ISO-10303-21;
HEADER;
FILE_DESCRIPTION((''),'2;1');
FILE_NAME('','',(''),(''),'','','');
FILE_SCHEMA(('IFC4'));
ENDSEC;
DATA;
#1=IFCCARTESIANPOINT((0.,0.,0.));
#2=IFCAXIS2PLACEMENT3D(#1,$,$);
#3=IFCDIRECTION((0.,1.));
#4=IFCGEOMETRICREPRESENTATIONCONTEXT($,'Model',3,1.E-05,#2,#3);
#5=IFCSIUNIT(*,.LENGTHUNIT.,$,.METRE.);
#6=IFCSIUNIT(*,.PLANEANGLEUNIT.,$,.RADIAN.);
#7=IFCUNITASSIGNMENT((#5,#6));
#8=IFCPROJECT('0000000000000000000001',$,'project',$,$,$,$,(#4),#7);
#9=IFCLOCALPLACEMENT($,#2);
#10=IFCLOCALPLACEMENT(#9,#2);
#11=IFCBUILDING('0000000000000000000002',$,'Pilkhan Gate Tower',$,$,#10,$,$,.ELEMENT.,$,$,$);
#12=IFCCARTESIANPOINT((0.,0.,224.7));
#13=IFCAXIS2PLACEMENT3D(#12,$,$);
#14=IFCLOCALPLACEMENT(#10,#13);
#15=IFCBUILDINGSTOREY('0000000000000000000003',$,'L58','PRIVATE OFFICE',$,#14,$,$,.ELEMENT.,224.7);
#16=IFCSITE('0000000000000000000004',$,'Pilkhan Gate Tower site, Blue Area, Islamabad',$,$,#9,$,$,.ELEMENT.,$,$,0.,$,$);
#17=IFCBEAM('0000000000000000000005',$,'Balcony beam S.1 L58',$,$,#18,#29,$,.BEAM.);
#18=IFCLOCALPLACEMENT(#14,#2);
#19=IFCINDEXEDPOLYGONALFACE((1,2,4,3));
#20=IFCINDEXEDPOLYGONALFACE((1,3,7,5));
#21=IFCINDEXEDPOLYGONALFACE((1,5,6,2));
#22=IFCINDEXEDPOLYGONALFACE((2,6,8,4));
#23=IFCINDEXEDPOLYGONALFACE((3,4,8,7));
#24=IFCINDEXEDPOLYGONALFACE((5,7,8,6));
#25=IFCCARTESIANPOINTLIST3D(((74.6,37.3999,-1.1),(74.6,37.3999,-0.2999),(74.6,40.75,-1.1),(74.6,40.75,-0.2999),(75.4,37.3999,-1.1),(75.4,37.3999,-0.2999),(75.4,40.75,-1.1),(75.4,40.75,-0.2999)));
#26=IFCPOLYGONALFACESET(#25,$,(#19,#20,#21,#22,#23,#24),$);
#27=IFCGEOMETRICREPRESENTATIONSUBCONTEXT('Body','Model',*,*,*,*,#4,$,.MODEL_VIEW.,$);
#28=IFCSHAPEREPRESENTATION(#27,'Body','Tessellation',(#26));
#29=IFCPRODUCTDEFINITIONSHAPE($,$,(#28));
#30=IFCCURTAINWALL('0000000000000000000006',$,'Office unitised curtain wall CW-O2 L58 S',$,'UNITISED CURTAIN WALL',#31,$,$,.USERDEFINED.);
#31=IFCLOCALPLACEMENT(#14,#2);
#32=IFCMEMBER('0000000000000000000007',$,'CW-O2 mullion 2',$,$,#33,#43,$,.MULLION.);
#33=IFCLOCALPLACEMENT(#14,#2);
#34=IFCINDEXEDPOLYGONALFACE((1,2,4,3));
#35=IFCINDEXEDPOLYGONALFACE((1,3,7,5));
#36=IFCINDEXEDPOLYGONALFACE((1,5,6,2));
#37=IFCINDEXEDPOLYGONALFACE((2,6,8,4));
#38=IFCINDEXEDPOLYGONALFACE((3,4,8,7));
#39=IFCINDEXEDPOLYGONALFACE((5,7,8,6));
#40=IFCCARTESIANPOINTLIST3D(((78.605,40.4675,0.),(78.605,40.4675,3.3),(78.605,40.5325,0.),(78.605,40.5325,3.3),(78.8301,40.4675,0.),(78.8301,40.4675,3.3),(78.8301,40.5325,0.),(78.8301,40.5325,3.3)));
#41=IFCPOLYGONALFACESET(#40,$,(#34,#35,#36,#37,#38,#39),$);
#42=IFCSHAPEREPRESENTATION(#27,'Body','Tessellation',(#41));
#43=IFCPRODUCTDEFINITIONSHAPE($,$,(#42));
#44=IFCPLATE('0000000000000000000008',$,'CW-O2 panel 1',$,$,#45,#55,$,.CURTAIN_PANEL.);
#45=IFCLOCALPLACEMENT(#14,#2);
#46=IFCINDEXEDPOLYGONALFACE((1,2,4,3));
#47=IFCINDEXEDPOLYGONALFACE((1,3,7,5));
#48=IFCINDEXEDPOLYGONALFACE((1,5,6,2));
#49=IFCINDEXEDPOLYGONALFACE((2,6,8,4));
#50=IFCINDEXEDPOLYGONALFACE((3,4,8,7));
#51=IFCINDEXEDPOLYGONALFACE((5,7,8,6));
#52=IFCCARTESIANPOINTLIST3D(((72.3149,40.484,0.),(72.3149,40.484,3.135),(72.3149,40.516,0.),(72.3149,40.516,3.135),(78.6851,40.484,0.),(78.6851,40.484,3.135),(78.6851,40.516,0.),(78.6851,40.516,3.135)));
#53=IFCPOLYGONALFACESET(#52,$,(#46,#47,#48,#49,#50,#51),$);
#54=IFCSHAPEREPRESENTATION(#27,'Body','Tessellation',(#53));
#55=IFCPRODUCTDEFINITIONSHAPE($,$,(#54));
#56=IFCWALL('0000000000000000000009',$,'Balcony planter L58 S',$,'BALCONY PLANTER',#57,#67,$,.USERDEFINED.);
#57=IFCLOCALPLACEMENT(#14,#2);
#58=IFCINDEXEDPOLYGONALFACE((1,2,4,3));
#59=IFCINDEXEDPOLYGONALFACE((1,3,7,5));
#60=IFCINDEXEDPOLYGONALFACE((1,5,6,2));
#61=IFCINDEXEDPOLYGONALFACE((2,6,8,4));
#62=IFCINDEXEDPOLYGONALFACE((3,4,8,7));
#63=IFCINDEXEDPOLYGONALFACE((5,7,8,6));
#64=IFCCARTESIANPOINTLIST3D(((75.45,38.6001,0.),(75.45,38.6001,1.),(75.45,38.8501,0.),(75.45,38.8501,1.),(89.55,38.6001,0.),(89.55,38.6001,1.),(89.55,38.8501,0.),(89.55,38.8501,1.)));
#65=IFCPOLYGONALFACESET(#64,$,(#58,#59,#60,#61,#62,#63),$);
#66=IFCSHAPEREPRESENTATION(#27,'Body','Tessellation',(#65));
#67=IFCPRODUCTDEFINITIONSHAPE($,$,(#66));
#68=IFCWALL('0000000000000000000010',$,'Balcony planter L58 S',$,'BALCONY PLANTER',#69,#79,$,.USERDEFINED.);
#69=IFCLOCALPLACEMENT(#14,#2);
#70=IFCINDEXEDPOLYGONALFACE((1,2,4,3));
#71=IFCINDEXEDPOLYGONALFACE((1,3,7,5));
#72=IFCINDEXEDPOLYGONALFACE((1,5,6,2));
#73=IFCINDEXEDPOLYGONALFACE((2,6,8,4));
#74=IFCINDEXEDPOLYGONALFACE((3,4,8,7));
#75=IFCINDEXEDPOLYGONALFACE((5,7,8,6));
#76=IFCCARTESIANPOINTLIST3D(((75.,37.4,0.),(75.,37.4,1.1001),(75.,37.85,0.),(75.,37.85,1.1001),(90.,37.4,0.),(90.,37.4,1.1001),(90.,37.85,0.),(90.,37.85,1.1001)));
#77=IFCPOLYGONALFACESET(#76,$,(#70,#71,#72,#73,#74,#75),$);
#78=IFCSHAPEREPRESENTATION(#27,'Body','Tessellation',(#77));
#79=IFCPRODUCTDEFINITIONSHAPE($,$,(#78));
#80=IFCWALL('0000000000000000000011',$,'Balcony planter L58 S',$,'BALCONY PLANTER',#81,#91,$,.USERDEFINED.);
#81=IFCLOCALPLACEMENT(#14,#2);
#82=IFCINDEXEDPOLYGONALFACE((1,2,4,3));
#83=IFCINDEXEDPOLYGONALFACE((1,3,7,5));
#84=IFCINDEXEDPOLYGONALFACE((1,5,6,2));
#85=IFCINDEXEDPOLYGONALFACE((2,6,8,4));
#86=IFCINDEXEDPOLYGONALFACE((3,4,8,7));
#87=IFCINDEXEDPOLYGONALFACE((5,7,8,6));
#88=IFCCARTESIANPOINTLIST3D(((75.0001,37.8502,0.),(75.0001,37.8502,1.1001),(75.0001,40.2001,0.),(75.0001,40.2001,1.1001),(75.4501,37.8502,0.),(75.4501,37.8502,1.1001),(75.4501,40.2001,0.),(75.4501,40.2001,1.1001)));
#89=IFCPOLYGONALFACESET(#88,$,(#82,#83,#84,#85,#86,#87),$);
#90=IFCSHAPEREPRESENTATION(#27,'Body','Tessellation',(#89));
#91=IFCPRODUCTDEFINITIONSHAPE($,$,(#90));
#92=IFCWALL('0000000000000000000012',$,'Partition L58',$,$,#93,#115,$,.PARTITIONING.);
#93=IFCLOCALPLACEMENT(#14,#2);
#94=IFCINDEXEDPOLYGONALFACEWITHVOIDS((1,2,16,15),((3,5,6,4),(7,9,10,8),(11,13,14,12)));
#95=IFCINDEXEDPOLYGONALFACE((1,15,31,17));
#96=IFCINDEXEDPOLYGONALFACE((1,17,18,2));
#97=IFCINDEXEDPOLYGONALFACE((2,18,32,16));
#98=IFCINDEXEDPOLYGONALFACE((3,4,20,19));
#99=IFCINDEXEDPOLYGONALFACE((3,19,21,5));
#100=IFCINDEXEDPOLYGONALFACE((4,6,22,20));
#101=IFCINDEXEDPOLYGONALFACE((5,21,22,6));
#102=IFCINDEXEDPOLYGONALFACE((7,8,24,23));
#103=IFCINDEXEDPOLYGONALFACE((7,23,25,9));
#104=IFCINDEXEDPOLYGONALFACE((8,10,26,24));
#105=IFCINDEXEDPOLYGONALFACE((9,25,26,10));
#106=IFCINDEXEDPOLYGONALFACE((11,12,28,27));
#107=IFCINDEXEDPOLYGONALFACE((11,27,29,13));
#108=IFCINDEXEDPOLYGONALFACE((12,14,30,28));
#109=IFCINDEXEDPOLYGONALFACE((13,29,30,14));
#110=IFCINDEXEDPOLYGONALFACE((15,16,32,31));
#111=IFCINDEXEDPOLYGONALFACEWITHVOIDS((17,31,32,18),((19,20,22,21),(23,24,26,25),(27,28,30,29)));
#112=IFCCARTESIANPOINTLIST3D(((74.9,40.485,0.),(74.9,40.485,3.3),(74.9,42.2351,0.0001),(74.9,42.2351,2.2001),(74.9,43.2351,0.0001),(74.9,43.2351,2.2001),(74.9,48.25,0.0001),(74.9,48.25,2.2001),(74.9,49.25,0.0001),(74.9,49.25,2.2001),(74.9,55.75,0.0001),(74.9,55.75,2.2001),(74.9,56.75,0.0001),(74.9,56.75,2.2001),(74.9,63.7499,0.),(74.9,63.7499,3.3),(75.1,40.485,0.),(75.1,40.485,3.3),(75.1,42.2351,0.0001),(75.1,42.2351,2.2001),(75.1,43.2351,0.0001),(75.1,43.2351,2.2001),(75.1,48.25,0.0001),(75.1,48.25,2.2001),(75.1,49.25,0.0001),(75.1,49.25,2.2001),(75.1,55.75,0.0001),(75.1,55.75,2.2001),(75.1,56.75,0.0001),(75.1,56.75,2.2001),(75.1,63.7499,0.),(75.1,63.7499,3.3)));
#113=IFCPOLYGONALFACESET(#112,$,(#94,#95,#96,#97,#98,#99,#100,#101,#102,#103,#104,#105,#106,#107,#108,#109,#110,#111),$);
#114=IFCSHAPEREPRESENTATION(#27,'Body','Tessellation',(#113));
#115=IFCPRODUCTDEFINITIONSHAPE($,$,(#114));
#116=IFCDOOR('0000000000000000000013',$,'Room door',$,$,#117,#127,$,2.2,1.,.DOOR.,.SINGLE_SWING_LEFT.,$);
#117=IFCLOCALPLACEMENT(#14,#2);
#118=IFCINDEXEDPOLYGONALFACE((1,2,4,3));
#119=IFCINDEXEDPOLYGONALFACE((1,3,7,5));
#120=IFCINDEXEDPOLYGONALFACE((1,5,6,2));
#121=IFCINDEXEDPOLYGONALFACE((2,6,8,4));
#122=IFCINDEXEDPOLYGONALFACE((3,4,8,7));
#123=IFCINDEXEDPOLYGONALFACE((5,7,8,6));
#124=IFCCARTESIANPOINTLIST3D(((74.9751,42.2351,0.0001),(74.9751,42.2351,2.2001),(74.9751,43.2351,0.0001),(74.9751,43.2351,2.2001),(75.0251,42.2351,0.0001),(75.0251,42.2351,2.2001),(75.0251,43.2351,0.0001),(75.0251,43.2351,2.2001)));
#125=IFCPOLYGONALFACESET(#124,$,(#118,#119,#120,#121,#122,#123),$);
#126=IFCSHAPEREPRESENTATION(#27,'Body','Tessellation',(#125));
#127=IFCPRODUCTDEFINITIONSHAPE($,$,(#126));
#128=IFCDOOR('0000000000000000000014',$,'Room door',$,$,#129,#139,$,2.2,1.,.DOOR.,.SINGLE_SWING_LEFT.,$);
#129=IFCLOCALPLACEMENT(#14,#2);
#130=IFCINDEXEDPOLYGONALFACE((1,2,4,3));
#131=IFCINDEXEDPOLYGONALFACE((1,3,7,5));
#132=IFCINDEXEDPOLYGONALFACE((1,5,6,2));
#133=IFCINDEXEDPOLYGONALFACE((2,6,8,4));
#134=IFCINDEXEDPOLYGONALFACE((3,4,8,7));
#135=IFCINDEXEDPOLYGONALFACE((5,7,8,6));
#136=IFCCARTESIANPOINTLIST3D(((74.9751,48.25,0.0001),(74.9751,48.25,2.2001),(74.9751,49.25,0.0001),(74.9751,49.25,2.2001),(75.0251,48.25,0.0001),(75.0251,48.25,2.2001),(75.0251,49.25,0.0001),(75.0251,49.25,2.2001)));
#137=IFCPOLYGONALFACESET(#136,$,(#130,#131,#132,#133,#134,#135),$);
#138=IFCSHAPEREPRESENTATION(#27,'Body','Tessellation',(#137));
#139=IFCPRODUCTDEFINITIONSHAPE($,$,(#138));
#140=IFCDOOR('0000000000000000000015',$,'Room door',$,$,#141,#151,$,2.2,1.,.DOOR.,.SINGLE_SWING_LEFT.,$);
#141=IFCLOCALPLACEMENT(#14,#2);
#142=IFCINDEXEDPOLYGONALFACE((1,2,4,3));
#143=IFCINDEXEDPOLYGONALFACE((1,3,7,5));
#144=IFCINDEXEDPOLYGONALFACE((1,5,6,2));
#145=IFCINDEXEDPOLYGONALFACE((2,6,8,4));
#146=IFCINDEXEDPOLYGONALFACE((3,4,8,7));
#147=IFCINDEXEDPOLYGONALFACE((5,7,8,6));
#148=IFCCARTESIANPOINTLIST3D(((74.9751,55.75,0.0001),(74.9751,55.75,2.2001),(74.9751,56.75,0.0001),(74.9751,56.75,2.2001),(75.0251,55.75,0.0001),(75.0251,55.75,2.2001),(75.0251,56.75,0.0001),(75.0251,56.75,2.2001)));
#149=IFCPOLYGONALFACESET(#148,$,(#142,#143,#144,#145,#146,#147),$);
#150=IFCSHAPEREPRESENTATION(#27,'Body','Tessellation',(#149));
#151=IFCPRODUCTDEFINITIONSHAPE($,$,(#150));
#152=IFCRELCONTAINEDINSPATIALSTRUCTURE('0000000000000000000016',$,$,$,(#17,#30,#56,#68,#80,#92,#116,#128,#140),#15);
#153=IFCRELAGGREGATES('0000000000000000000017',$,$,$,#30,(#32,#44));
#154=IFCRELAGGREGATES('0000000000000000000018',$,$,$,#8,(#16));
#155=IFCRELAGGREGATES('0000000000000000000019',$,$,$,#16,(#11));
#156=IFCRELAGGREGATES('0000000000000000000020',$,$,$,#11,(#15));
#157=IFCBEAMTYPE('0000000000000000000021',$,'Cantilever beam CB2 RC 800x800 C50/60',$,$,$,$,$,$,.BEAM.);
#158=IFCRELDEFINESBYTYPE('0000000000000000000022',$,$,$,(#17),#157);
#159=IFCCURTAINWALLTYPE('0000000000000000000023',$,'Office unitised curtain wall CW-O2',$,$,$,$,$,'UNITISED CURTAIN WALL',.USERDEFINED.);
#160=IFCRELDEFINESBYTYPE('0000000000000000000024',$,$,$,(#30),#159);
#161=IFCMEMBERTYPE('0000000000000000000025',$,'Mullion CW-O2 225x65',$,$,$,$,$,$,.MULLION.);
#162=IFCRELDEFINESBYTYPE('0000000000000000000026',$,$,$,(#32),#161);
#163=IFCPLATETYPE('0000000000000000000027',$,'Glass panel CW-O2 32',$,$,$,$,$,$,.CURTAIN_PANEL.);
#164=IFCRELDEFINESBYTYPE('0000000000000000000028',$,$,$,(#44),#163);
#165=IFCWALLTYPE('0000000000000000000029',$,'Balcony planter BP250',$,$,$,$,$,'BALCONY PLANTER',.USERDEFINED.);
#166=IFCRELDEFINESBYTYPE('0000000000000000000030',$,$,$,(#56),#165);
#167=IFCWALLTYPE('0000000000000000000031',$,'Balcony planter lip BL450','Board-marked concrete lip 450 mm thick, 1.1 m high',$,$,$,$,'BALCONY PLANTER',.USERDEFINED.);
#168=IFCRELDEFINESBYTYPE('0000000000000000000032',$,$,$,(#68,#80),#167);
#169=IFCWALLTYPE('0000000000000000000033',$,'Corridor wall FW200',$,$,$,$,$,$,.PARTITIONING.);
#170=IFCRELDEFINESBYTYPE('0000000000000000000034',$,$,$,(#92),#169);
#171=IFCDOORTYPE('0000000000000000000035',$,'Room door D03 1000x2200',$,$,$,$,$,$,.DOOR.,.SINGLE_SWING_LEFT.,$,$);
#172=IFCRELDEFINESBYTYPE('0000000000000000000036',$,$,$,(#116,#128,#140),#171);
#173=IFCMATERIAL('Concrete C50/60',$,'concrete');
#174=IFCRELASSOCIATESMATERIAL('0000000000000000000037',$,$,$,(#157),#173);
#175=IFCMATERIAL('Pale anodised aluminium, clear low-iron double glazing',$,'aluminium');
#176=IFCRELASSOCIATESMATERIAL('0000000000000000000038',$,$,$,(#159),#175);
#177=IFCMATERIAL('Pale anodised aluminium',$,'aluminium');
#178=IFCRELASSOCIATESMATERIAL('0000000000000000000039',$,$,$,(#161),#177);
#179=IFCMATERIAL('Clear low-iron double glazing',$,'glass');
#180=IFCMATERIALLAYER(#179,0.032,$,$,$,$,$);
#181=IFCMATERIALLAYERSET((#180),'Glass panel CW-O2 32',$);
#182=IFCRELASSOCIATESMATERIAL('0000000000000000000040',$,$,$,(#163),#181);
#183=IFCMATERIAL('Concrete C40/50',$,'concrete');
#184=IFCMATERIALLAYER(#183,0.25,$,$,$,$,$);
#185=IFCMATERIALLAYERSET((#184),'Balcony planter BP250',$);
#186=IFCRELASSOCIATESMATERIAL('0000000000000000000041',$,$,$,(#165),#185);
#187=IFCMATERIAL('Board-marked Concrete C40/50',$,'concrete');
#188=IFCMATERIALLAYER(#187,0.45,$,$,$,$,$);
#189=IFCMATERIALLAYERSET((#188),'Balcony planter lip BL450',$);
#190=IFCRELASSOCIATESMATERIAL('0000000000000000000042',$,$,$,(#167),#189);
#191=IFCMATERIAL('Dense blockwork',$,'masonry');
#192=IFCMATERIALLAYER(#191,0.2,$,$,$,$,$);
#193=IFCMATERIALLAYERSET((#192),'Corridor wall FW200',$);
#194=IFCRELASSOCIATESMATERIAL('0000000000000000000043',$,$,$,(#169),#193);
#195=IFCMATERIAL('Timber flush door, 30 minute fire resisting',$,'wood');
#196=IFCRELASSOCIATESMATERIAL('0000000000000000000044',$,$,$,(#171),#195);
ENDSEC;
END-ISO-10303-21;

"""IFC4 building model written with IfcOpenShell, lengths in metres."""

from ifc_helpers import new_model, si_unit, direction, frame, frame_2d, origin, origin_2d, place, context, subcontext, project, spatial, rectangle, extrude, material, layer, layer_set, material_profile, profile_set, type_object, element, fill, aggregate, save


model = new_model("IFC4")

# Units and contexts
model_context = context("Model", 3, precision=1e-05, world=origin(), true_north=direction((0.0, 1.0)))
body_context = subcontext(model_context, "Body", "Model", "MODEL_VIEW")
ifc_project = project(units=[si_unit("LENGTHUNIT", "METRE"), si_unit("PLANEANGLEUNIT", "RADIAN")], contexts=[model_context])

# Site, building, storey
site_placement = place(None, origin())
site = spatial("IfcSite", under=ifc_project, at=site_placement, Name="Pilkhan Gate Tower site, Blue Area, Islamabad", CompositionType="ELEMENT", RefElevation=0.0)
building_placement = place(site_placement, origin())
building = spatial("IfcBuilding", under=site, at=building_placement, Name="Pilkhan Gate Tower", CompositionType="ELEMENT")
storey_placement = place(building_placement, frame((0.0, 0.0, 224.7)))
storey = spatial("IfcBuildingStorey", under=building, at=storey_placement, Name="L58", Description="PRIVATE OFFICE", CompositionType="ELEMENT", Elevation=224.7)

# Beam
ifc_material_1 = material(Name="Concrete C50/60", Category="concrete")
ifc_material_profile_1 = material_profile(ifc_material_1, rectangle(XDim=0.8, YDim=0.8, at=origin_2d()), Name="RC 800x800")
ifc_profile_set_1 = profile_set([ifc_material_profile_1], Name="Concrete C50/60")
beam_type = type_object("IfcBeamType", Name="Cantilever beam CB2 RC 800x800 C50/60", PredefinedType="BEAM", material=ifc_profile_set_1)
beam_placement = place(storey_placement, frame((75.0, 40.75, -0.7), z_axis=(0.0, -1.0, 0.0), x_axis=(1.0, 0.0, 0.0)))
element("IfcBeam", 1, at=beam_placement, inside=storey, type_object=beam_type, Name="Balcony beam S.1 L58", PredefinedType="BEAM", context=body_context, shape_type="SweptSolid", body=[
    extrude(rectangle(XDim=0.8, YDim=0.8, at=origin_2d()), origin(), (0.0, 0.0, 1.0), 3.3501),
])

# Curtain wall, member, plate
ifc_material_2 = material(Name="Pale anodised aluminium, clear low-iron double glazing", Category="aluminium")
curtain_wall_type = type_object("IfcCurtainWallType", Name="Office unitised curtain wall CW-O2", ElementType="UNITISED CURTAIN WALL", PredefinedType="USERDEFINED", material=ifc_material_2)
curtain_wall_placement = place(storey_placement, origin())
curtain_wall = element("IfcCurtainWall", 2, at=curtain_wall_placement, inside=storey, type_object=curtain_wall_type, Name="Office unitised curtain wall CW-O2 L58 S", ObjectType="UNITISED CURTAIN WALL", PredefinedType="USERDEFINED")
ifc_material_3 = material(Name="Pale anodised aluminium", Category="aluminium")
ifc_material_profile_2 = material_profile(ifc_material_3, rectangle(XDim=0.0649, YDim=0.2251, at=origin_2d()), Name="Mullion 225x65")
ifc_profile_set_2 = profile_set([ifc_material_profile_2], Name="Pale anodised aluminium")
member_type = type_object("IfcMemberType", Name="Mullion CW-O2 225x65", PredefinedType="MULLION", material=ifc_profile_set_2)
member_placement = place(storey_placement, frame((78.7175, 40.5, 0.0), z_axis=(0.0, 0.0, 1.0), x_axis=(0.0, 1.0, 0.0)))
member = element("IfcMember", 3, at=member_placement, type_object=member_type, Name="CW-O2 mullion 2", PredefinedType="MULLION", context=body_context, shape_type="SweptSolid", body=[
    extrude(rectangle(XDim=0.0649, YDim=0.2251, at=origin_2d()), origin(), (0.0, 0.0, 1.0), 3.3),
])
ifc_material_4 = material(Name="Clear low-iron double glazing", Category="glass")
ifc_layer_1 = layer(ifc_material_4, 0.032)
ifc_layer_set_1 = layer_set([ifc_layer_1], Name="Glass panel CW-O2 32")
plate_type = type_object("IfcPlateType", Name="Glass panel CW-O2 32", PredefinedType="CURTAIN_PANEL", material=ifc_layer_set_1)
plate_placement = place(storey_placement, frame((75.5, 40.5, 0.0), z_axis=(0.0, 0.0, 1.0), x_axis=(1.0, 0.0, 0.0)))
plate = element("IfcPlate", 4, at=plate_placement, type_object=plate_type, Name="CW-O2 panel 1", PredefinedType="CURTAIN_PANEL", context=body_context, shape_type="SweptSolid", body=[
    extrude(rectangle(XDim=6.3701, YDim=0.032, at=origin_2d()), origin(), (0.0, 0.0, 1.0), 3.135),
])
aggregate(curtain_wall, [member, plate])

# Walls
ifc_material_5 = material(Name="Concrete C40/50", Category="concrete")
ifc_layer_2 = layer(ifc_material_5, 0.25)
ifc_layer_set_2 = layer_set([ifc_layer_2], Name="Balcony planter BP250")
wall_type_1 = type_object("IfcWallType", Name="Balcony planter BP250", ElementType="BALCONY PLANTER", PredefinedType="USERDEFINED", material=ifc_layer_set_2)
wall_1_placement = place(storey_placement, frame((75.45, 38.7251, 0.0), z_axis=(0.0, 0.0, 1.0), x_axis=(1.0, 0.0, 0.0)))
element("IfcWall", 5, at=wall_1_placement, inside=storey, type_object=wall_type_1, Name="Balcony planter L58 S", ObjectType="BALCONY PLANTER", PredefinedType="USERDEFINED", context=body_context, shape_type="SweptSolid", body=[
    extrude(rectangle(XDim=14.1001, YDim=0.25, at=frame_2d((7.05, 0.0))), origin(), (0.0, 0.0, 1.0), 1.0),
])
ifc_material_6 = material(Name="Board-marked Concrete C40/50", Category="concrete")
ifc_layer_3 = layer(ifc_material_6, 0.45)
ifc_layer_set_3 = layer_set([ifc_layer_3], Name="Balcony planter lip BL450")
wall_type_2 = type_object("IfcWallType", Name="Balcony planter lip BL450", Description="Board-marked concrete lip 450 mm thick, 1.1 m high", ElementType="BALCONY PLANTER", PredefinedType="USERDEFINED", material=ifc_layer_set_3)
wall_2_placement = place(storey_placement, frame((75.0, 37.625, 0.0), z_axis=(0.0, 0.0, 1.0), x_axis=(1.0, 0.0, 0.0)))
element("IfcWall", 6, at=wall_2_placement, inside=storey, type_object=wall_type_2, Name="Balcony planter L58 S", ObjectType="BALCONY PLANTER", PredefinedType="USERDEFINED", context=body_context, shape_type="SweptSolid", body=[
    extrude(rectangle(XDim=15.0, YDim=0.45, at=frame_2d((7.5, 0.0))), origin(), (0.0, 0.0, 1.0), 1.1001),
])
wall_3_placement = place(storey_placement, frame((75.2251, 40.2, 0.0), z_axis=(0.0, 0.0, 1.0), x_axis=(0.0, -1.0, 0.0)))
element("IfcWall", 7, at=wall_3_placement, inside=storey, type_object=wall_type_2, Name="Balcony planter L58 S", ObjectType="BALCONY PLANTER", PredefinedType="USERDEFINED", context=body_context, shape_type="SweptSolid", body=[
    extrude(rectangle(XDim=2.3499, YDim=0.45, at=frame_2d((1.1748, 0.0))), origin(), (0.0, 0.0, 1.0), 1.1001),
])

# Wall, openings, doors
ifc_material_7 = material(Name="Dense blockwork", Category="masonry")
ifc_layer_4 = layer(ifc_material_7, 0.2)
ifc_layer_set_4 = layer_set([ifc_layer_4], Name="Corridor wall FW200")
wall_type_3 = type_object("IfcWallType", Name="Corridor wall FW200", PredefinedType="PARTITIONING", material=ifc_layer_set_4)
wall_4_placement = place(storey_placement, frame((75.0, 40.4851, 0.0), z_axis=(0.0, 0.0, 1.0), x_axis=(0.0, 1.0, 0.0)))
wall_4 = element("IfcWall", 8, at=wall_4_placement, inside=storey, type_object=wall_type_3, Name="Partition L58", PredefinedType="PARTITIONING", context=body_context, shape_type="SweptSolid", body=[
    extrude(rectangle(XDim=23.2649, YDim=0.2, at=frame_2d((11.6323, 0.0))), origin(), (0.0, 0.0, 1.0), 3.3),
])
opening_1_placement = place(wall_4_placement, frame((1.75, 0.0, 0.0)))
opening_1 = element("IfcOpeningElement", 9, at=opening_1_placement, cuts=wall_4, PredefinedType="OPENING", context=body_context, shape_type="SweptSolid", body=[
    extrude(rectangle(XDim=1.0, YDim=2.2, at=frame_2d((0.5, 1.1001))), frame((0.0, 0.1099, 0.0), z_axis=(0.0, -1.0, 0.0), x_axis=(1.0, 0.0, 0.0)), (0.0, 0.0, 1.0), 0.22),
])
opening_2_placement = place(wall_4_placement, frame((7.7649, 0.0, 0.0)))
opening_2 = element("IfcOpeningElement", 10, at=opening_2_placement, cuts=wall_4, PredefinedType="OPENING", context=body_context, shape_type="SweptSolid", body=[
    extrude(rectangle(XDim=1.0, YDim=2.2, at=frame_2d((0.5, 1.1001))), frame((0.0, 0.1099, 0.0), z_axis=(0.0, -1.0, 0.0), x_axis=(1.0, 0.0, 0.0)), (0.0, 0.0, 1.0), 0.22),
])
opening_3_placement = place(wall_4_placement, frame((15.2649, 0.0, 0.0)))
opening_3 = element("IfcOpeningElement", 11, at=opening_3_placement, cuts=wall_4, PredefinedType="OPENING", context=body_context, shape_type="SweptSolid", body=[
    extrude(rectangle(XDim=1.0, YDim=2.2, at=frame_2d((0.5, 1.1001))), frame((0.0, 0.1099, 0.0), z_axis=(0.0, -1.0, 0.0), x_axis=(1.0, 0.0, 0.0)), (0.0, 0.0, 1.0), 0.22),
])
ifc_material_8 = material(Name="Timber flush door, 30 minute fire resisting", Category="wood")
door_type_1 = type_object("IfcDoorType", Name="Room door D03 1000x2200", OperationType="SINGLE_SWING_LEFT", PredefinedType="DOOR", material=ifc_material_8)
door_1_placement = place(opening_1_placement, origin())
door_1 = element("IfcDoor", 12, at=door_1_placement, inside=storey, type_object=door_type_1, Name="Room door", OperationType="SINGLE_SWING_LEFT", OverallHeight=2.2, OverallWidth=1.0, PredefinedType="DOOR", context=body_context, shape_type="SweptSolid", body=[
    extrude(rectangle(XDim=1.0, YDim=2.2, at=frame_2d((0.5, 1.1001))), frame((0.0, 0.0249, 0.0), z_axis=(0.0, -1.0, 0.0), x_axis=(1.0, 0.0, 0.0)), (0.0, 0.0, 1.0), 0.05),
])
fill(opening_1, door_1)
door_2_placement = place(opening_2_placement, origin())
door_2 = element("IfcDoor", 13, at=door_2_placement, inside=storey, type_object=door_type_1, Name="Room door", OperationType="SINGLE_SWING_LEFT", OverallHeight=2.2, OverallWidth=1.0, PredefinedType="DOOR", context=body_context, shape_type="SweptSolid", body=[
    extrude(rectangle(XDim=1.0, YDim=2.2, at=frame_2d((0.5, 1.1001))), frame((0.0, 0.0249, 0.0), z_axis=(0.0, -1.0, 0.0), x_axis=(1.0, 0.0, 0.0)), (0.0, 0.0, 1.0), 0.05),
])
fill(opening_2, door_2)
door_3_placement = place(opening_3_placement, origin())
door_3 = element("IfcDoor", 14, at=door_3_placement, inside=storey, type_object=door_type_1, Name="Room door", OperationType="SINGLE_SWING_LEFT", OverallHeight=2.2, OverallWidth=1.0, PredefinedType="DOOR", context=body_context, shape_type="SweptSolid", body=[
    extrude(rectangle(XDim=1.0, YDim=2.2, at=frame_2d((0.5, 1.1001))), frame((0.0, 0.0249, 0.0), z_axis=(0.0, -1.0, 0.0), x_axis=(1.0, 0.0, 0.0)), (0.0, 0.0, 1.0), 0.05),
])
fill(opening_3, door_3)

save(model, "model.ifc")
